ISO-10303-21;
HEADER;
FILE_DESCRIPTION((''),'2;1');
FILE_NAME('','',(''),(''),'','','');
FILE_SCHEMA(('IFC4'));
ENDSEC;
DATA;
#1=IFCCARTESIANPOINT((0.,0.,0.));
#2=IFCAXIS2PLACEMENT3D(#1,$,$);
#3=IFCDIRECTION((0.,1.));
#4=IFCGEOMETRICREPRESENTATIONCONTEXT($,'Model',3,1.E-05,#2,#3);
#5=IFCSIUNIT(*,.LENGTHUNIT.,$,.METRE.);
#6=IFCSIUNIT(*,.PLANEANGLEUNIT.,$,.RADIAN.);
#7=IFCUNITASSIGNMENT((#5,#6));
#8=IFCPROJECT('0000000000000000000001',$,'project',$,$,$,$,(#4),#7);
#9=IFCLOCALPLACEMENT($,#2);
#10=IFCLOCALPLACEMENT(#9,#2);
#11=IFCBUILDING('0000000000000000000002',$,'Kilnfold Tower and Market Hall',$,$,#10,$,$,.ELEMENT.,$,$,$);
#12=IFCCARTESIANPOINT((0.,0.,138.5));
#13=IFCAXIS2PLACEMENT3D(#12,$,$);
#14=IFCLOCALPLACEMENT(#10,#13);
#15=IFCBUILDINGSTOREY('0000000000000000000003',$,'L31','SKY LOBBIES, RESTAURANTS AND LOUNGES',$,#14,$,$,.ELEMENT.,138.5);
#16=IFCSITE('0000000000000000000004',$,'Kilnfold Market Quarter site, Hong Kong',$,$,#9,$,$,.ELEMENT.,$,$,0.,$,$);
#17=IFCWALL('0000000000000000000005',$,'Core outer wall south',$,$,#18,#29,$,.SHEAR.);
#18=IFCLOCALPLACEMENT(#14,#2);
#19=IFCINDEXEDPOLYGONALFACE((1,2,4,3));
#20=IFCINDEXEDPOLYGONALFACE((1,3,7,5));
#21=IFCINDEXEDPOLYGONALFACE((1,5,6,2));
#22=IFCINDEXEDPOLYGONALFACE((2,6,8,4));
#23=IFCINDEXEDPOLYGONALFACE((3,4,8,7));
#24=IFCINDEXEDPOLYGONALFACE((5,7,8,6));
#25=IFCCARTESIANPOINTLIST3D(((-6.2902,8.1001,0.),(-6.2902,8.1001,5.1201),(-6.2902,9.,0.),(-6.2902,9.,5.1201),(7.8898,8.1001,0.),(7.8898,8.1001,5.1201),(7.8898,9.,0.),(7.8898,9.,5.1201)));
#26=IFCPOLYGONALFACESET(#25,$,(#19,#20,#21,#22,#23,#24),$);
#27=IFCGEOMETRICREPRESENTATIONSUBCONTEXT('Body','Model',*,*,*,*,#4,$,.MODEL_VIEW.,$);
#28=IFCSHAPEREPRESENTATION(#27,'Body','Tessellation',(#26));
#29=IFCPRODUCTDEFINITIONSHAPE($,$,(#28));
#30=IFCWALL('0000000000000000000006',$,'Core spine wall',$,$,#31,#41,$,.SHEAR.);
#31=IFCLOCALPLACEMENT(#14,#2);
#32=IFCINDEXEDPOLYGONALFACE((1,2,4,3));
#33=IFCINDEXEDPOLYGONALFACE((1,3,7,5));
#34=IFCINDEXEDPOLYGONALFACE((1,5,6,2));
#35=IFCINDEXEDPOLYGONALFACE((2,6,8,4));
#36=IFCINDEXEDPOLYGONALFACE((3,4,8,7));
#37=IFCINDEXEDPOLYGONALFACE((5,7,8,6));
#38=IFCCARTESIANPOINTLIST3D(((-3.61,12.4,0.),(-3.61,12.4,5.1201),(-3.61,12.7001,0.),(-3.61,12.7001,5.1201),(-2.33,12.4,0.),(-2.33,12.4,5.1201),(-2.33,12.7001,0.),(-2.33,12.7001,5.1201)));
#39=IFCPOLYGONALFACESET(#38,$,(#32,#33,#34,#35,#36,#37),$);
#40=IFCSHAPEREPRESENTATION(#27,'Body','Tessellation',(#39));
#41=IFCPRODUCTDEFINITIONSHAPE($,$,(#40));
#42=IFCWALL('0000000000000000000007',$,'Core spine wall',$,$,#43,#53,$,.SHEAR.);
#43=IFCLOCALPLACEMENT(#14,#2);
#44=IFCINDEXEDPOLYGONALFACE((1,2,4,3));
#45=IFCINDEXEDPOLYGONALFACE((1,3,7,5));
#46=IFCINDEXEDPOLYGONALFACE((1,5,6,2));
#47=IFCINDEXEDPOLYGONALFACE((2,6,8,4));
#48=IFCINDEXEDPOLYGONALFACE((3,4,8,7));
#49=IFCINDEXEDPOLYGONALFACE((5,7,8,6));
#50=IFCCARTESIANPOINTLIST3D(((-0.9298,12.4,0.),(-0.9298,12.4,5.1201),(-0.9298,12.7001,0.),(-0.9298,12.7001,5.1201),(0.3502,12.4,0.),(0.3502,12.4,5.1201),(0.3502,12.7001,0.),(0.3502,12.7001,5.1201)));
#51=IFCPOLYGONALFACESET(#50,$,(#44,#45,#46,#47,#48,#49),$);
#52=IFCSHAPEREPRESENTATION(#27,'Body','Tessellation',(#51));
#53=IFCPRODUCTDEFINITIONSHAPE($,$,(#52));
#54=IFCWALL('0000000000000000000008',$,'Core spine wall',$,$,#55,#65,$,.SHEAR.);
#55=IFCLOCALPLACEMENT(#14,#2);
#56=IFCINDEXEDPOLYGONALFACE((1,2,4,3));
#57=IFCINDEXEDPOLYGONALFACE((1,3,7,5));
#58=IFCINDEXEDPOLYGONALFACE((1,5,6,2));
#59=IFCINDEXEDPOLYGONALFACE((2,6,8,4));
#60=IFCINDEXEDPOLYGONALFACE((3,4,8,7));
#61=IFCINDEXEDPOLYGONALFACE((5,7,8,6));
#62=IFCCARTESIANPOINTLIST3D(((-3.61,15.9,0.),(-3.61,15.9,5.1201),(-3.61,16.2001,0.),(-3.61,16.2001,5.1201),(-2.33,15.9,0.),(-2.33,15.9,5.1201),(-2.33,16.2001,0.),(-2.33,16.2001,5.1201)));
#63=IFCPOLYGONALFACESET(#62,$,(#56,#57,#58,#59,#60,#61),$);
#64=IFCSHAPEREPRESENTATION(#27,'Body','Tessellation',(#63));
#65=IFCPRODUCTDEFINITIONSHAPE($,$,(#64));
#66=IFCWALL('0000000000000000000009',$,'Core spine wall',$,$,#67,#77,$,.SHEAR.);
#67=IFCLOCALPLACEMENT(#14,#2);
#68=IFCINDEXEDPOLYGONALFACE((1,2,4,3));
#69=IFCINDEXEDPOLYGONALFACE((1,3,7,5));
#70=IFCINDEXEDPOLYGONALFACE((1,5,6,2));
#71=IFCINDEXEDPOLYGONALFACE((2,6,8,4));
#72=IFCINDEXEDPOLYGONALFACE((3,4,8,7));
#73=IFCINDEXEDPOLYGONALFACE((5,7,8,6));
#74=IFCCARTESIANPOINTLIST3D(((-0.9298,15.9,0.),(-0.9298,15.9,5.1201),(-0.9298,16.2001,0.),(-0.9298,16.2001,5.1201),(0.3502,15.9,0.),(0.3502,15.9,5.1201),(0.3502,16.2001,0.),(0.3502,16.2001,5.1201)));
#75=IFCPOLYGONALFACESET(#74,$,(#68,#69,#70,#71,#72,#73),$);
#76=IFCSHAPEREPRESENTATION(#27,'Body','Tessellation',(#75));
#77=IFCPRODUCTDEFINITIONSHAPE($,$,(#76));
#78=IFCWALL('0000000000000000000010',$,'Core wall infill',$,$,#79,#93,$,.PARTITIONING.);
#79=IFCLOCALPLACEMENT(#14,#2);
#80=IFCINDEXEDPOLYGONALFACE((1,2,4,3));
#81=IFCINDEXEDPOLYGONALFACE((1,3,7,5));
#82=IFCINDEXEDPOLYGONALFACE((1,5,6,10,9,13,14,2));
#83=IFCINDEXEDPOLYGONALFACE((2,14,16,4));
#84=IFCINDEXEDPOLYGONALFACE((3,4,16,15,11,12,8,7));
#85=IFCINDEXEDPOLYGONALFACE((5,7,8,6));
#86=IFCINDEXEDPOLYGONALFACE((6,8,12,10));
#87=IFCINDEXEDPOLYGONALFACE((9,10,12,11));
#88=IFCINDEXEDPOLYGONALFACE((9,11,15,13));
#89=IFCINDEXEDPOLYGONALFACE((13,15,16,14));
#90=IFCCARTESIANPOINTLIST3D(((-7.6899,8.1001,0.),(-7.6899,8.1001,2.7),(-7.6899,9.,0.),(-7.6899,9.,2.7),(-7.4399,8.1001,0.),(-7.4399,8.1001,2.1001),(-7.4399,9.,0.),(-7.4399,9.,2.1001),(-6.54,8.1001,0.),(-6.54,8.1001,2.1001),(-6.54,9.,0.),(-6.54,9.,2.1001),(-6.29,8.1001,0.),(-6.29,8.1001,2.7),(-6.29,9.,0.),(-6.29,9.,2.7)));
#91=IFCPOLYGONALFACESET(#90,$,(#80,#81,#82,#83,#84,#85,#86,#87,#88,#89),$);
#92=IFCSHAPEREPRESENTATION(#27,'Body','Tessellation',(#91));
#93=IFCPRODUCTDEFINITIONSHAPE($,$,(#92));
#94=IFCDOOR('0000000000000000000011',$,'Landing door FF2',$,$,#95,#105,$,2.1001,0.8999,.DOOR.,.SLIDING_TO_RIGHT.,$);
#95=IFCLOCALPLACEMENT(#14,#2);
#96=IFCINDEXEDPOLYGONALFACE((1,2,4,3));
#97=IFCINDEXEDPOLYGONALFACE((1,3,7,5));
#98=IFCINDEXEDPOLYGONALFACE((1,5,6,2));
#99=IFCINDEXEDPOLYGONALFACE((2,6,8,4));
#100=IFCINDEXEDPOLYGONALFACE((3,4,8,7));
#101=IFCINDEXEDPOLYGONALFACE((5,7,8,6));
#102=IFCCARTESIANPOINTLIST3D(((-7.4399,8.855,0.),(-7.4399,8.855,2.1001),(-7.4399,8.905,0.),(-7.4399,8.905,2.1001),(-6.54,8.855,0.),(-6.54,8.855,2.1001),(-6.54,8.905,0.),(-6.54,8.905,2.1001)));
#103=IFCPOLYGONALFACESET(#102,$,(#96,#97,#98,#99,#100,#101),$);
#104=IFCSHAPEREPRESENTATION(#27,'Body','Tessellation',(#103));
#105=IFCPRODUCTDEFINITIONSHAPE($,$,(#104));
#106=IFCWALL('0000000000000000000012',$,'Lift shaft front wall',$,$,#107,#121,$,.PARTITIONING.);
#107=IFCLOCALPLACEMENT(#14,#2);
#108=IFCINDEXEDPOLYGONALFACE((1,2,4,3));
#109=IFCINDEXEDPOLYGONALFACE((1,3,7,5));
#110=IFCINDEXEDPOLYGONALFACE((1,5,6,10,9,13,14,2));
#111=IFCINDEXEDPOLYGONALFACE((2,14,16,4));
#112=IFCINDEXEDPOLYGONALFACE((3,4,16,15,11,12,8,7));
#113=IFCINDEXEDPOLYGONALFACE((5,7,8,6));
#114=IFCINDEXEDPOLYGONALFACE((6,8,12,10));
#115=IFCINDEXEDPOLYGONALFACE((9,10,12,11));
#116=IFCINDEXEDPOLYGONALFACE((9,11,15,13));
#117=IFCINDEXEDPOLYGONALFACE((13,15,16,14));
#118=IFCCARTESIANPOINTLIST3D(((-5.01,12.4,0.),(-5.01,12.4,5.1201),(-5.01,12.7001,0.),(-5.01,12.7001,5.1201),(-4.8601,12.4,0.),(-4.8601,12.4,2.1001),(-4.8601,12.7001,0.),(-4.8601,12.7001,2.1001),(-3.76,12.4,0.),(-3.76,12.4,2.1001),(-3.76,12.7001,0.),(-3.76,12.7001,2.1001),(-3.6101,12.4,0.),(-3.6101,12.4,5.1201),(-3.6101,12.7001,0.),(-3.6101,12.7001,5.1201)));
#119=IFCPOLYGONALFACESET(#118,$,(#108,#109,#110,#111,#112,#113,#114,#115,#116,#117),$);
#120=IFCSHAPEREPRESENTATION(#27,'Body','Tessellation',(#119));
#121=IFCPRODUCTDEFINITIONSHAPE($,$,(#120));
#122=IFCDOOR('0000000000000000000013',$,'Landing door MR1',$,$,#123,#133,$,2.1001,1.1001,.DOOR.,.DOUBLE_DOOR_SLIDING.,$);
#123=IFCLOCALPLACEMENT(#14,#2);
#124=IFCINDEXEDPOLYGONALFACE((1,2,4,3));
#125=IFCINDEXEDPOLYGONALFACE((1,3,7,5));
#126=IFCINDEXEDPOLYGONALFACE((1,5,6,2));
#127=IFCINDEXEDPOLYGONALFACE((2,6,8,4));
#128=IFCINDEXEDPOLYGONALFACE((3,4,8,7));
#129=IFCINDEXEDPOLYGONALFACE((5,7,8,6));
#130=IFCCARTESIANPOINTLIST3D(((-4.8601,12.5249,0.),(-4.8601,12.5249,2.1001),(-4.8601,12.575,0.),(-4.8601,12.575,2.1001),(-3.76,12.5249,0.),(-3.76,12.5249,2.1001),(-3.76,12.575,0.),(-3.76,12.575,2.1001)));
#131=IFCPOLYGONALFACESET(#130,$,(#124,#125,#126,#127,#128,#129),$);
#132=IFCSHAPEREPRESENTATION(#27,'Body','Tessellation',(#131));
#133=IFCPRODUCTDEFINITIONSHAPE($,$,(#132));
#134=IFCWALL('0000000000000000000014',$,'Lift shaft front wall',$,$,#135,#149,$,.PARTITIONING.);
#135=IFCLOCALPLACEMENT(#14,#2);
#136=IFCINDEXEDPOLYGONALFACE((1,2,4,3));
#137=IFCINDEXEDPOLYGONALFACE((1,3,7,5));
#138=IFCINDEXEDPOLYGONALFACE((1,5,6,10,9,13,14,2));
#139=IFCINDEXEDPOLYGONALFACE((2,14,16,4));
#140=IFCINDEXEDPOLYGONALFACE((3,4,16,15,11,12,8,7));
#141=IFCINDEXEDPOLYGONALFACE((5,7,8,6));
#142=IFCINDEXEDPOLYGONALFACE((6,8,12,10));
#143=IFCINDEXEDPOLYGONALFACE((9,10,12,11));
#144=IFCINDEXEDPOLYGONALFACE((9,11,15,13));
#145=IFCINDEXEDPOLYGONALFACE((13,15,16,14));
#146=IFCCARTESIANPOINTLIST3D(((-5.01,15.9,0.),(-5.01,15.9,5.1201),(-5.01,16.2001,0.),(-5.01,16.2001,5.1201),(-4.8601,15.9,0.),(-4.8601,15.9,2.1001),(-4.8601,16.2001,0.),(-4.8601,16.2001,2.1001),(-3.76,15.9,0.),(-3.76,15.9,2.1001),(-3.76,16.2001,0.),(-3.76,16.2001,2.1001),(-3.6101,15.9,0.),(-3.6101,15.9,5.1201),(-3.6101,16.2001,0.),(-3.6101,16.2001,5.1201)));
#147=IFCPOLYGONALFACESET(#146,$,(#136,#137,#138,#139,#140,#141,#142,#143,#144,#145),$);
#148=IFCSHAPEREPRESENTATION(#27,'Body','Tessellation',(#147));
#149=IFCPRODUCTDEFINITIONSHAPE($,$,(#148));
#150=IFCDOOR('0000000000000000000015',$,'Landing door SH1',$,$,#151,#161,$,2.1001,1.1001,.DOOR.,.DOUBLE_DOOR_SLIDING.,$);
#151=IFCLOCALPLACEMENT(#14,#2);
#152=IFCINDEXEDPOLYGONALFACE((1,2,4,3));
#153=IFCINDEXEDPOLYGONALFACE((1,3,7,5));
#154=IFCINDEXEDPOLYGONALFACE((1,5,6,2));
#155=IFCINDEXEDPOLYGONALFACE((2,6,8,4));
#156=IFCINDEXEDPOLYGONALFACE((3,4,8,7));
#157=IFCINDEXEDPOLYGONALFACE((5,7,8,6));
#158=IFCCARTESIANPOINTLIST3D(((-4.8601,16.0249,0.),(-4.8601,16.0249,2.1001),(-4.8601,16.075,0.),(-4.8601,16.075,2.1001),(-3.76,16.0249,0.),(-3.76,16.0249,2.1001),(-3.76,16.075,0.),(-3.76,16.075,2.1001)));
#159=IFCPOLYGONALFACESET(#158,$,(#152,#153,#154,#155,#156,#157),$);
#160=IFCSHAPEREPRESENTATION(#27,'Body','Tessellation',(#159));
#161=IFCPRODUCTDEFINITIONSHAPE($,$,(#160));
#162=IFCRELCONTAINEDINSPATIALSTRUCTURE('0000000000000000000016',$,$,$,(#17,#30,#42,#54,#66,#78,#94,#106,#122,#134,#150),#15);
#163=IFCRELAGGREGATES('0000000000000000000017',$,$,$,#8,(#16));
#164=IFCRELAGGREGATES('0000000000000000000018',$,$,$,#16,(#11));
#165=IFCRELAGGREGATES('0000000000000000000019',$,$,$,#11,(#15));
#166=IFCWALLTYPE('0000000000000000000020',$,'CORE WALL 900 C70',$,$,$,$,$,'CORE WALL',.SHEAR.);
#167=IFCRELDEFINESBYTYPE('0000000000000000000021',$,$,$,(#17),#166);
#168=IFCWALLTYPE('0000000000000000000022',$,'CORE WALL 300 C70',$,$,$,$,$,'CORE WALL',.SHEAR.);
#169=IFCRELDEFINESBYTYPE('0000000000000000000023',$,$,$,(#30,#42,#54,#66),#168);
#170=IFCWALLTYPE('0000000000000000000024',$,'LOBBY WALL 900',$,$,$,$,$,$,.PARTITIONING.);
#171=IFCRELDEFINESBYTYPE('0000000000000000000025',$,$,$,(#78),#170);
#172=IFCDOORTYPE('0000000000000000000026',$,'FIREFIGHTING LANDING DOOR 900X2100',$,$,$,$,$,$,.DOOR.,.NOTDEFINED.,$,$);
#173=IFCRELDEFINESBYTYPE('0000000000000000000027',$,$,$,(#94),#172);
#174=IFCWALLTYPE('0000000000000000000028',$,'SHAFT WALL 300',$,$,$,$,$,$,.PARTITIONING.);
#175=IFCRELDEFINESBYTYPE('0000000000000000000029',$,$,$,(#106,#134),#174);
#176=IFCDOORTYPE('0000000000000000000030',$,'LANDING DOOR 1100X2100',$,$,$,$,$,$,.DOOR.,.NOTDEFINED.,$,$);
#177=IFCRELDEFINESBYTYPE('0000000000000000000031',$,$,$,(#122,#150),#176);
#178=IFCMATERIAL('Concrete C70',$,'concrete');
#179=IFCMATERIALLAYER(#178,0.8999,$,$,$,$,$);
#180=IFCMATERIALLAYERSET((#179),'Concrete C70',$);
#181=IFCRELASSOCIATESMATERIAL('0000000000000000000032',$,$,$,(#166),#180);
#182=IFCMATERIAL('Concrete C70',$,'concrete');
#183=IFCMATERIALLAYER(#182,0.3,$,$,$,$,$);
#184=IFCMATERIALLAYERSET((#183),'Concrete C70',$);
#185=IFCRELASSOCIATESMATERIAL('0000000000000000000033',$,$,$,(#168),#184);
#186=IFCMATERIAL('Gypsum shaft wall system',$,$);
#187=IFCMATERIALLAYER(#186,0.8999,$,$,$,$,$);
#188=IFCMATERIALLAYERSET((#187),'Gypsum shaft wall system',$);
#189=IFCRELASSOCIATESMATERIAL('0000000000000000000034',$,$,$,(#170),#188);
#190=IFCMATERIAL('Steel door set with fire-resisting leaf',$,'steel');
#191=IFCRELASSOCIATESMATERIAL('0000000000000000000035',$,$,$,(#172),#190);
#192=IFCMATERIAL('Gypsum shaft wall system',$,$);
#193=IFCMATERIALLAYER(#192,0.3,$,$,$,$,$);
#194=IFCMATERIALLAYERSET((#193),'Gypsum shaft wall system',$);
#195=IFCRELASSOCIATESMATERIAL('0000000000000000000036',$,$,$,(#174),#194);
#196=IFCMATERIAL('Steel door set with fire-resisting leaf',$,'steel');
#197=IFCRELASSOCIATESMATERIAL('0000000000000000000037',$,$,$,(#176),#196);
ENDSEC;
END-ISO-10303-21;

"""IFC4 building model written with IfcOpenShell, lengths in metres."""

from ifc_helpers import new_model, si_unit, direction, frame, frame_2d, origin, place, context, subcontext, project, spatial, rectangle, extrude, source, transform, mapped, material, layer, layer_set, type_object, element, fill, save


model = new_model("IFC4")

# Units and contexts
model_context = context("Model", 3, precision=1e-05, world=origin(), true_north=direction((0.0, 1.0)))
body_context = subcontext(model_context, "Body", "Model", "MODEL_VIEW")
ifc_project = project(units=[si_unit("LENGTHUNIT", "METRE"), si_unit("PLANEANGLEUNIT", "RADIAN")], contexts=[model_context])

# Site, building, storey
site_placement = place(None, origin())
site = spatial("IfcSite", under=ifc_project, at=site_placement, Name="Kilnfold Market Quarter site, Hong Kong", CompositionType="ELEMENT", RefElevation=0.0)
building_placement = place(site_placement, origin())
building = spatial("IfcBuilding", under=site, at=building_placement, Name="Kilnfold Tower and Market Hall", CompositionType="ELEMENT")
storey_placement = place(building_placement, frame((0.0, 0.0, 138.5)))
storey = spatial("IfcBuildingStorey", under=building, at=storey_placement, Name="L31", Description="SKY LOBBIES, RESTAURANTS AND LOUNGES", CompositionType="ELEMENT", Elevation=138.5)

# Walls
ifc_material_1 = material(Name="Concrete C70", Category="concrete")
ifc_layer_1 = layer(ifc_material_1, 0.8999)
ifc_layer_set_1 = layer_set([ifc_layer_1], Name="Concrete C70")
wall_type_1 = type_object("IfcWallType", Name="CORE WALL 900 C70", ElementType="CORE WALL", PredefinedType="SHEAR", material=ifc_layer_set_1)
shared_shape_1 = source(origin(), body_context, "Body", "SweptSolid", [
    extrude(rectangle(XDim=14.1799, YDim=0.8999, at=frame_2d((7.0898, 0.0))), origin(), (0.0, 0.0, 1.0), 5.1201),
])
wall_1_placement = place(storey_placement, frame((-6.29, 8.55, 0.0), z_axis=(0.0, 0.0, 1.0), x_axis=(1.0, 0.0, 0.0)))
element("IfcWall", 1, at=wall_1_placement, inside=storey, type_object=wall_type_1, Name="Core outer wall south", PredefinedType="SHEAR", context=body_context, shape_type="MappedRepresentation", body=[
    mapped(shared_shape_1, transform((0.0, 0.0, 0.0))),
])
ifc_material_2 = material(Name="Concrete C70", Category="concrete")
ifc_layer_2 = layer(ifc_material_2, 0.3)
ifc_layer_set_2 = layer_set([ifc_layer_2], Name="Concrete C70")
wall_type_2 = type_object("IfcWallType", Name="CORE WALL 300 C70", ElementType="CORE WALL", PredefinedType="SHEAR", material=ifc_layer_set_2)
shared_shape_2 = source(origin(), body_context, "Body", "SweptSolid", [
    extrude(rectangle(XDim=1.28, YDim=0.3, at=frame_2d((0.6401, 0.0))), origin(), (0.0, 0.0, 1.0), 5.1201),
])
for number, where, z_axis, x_axis, name in (
    (2, (-3.6101, 12.55, 0.0), (0.0, 0.0, 1.0), (1.0, 0.0, 0.0), "Core spine wall"),
    (3, (-0.9299, 12.55, 0.0), (0.0, 0.0, 1.0), (1.0, 0.0, 0.0), "Core spine wall"),
    (4, (-3.6101, 16.05, 0.0), (0.0, 0.0, 1.0), (1.0, 0.0, 0.0), "Core spine wall"),
    (5, (-0.9299, 16.05, 0.0), (0.0, 0.0, 1.0), (1.0, 0.0, 0.0), "Core spine wall"),
):
    element("IfcWall", number, at=place(storey_placement, frame(where, z_axis=z_axis, x_axis=x_axis)), inside=storey, type_object=wall_type_2, Name=name, PredefinedType="SHEAR", context=body_context, shape_type="MappedRepresentation", body=[
        mapped(shared_shape_2, transform((0.0, 0.0, 0.0))),
    ])

# Walls, openings, doors
ifc_material_3 = material(Name="Gypsum shaft wall system")
ifc_layer_3 = layer(ifc_material_3, 0.8999)
ifc_layer_set_3 = layer_set([ifc_layer_3], Name="Gypsum shaft wall system")
wall_type_3 = type_object("IfcWallType", Name="LOBBY WALL 900", PredefinedType="PARTITIONING", material=ifc_layer_set_3)
shared_shape_3 = source(origin(), body_context, "Body", "SweptSolid", [
    extrude(rectangle(XDim=1.3999, YDim=0.8999, at=frame_2d((0.7, 0.0))), origin(), (0.0, 0.0, 1.0), 2.7),
])
wall_2_placement = place(storey_placement, frame((-7.6899, 8.55, 0.0), z_axis=(0.0, 0.0, 1.0), x_axis=(1.0, 0.0, 0.0)))
wall_2 = element("IfcWall", 6, at=wall_2_placement, inside=storey, type_object=wall_type_3, Name="Core wall infill", PredefinedType="PARTITIONING", context=body_context, shape_type="MappedRepresentation", body=[
    mapped(shared_shape_3, transform((0.0, 0.0, 0.0))),
])
opening_1_placement = place(wall_2_placement, frame((0.25, 0.0, 0.0)))
opening_1 = element("IfcOpeningElement", 7, at=opening_1_placement, cuts=wall_2, PredefinedType="OPENING", context=body_context, shape_type="SweptSolid", body=[
    extrude(rectangle(XDim=0.8999, YDim=2.1001, at=frame_2d((0.45, 1.05))), frame((0.0, 0.46, 0.0), z_axis=(0.0, -1.0, 0.0), x_axis=(1.0, 0.0, 0.0)), (0.0, 0.0, 1.0), 0.9199),
])
ifc_material_4 = material(Name="Steel door set with fire-resisting leaf", Category="steel")
door_type_1 = type_object("IfcDoorType", Name="FIREFIGHTING LANDING DOOR 900X2100", OperationType="NOTDEFINED", PredefinedType="DOOR", material=ifc_material_4)
door_1_placement = place(opening_1_placement, origin())
door_1 = element("IfcDoor", 8, at=door_1_placement, inside=storey, type_object=door_type_1, Name="Landing door FF2", OperationType="SLIDING_TO_RIGHT", OverallHeight=2.1001, OverallWidth=0.8999, PredefinedType="DOOR", context=body_context, shape_type="SweptSolid", body=[
    extrude(rectangle(XDim=0.8999, YDim=2.1001, at=frame_2d((0.45, 1.05))), frame((0.0, 0.355, 0.0), z_axis=(0.0, -1.0, 0.0), x_axis=(1.0, 0.0, 0.0)), (0.0, 0.0, 1.0), 0.05),
])
fill(opening_1, door_1)
ifc_material_5 = material(Name="Gypsum shaft wall system")
ifc_layer_4 = layer(ifc_material_5, 0.3)
ifc_layer_set_4 = layer_set([ifc_layer_4], Name="Gypsum shaft wall system")
wall_type_4 = type_object("IfcWallType", Name="SHAFT WALL 300", PredefinedType="PARTITIONING", material=ifc_layer_set_4)
shared_shape_4 = source(origin(), body_context, "Body", "SweptSolid", [
    extrude(rectangle(XDim=1.3999, YDim=0.3, at=frame_2d((0.7, 0.0))), origin(), (0.0, 0.0, 1.0), 5.1201),
])
wall_3_placement = place(storey_placement, frame((-5.01, 12.55, 0.0), z_axis=(0.0, 0.0, 1.0), x_axis=(1.0, 0.0, 0.0)))
wall_3 = element("IfcWall", 9, at=wall_3_placement, inside=storey, type_object=wall_type_4, Name="Lift shaft front wall", PredefinedType="PARTITIONING", context=body_context, shape_type="MappedRepresentation", body=[
    mapped(shared_shape_4, transform((0.0, 0.0, 0.0))),
])
opening_2_placement = place(wall_3_placement, frame((0.1499, 0.0, 0.0)))
opening_2 = element("IfcOpeningElement", 10, at=opening_2_placement, cuts=wall_3, PredefinedType="OPENING", context=body_context, shape_type="SweptSolid", body=[
    extrude(rectangle(XDim=1.1001, YDim=2.1001, at=frame_2d((0.55, 1.05))), frame((0.0, 0.1602, 0.0), z_axis=(0.0, -1.0, 0.0), x_axis=(1.0, 0.0, 0.0)), (0.0, 0.0, 1.0), 0.3201),
])
ifc_material_6 = material(Name="Steel door set with fire-resisting leaf", Category="steel")
door_type_2 = type_object("IfcDoorType", Name="LANDING DOOR 1100X2100", OperationType="NOTDEFINED", PredefinedType="DOOR", material=ifc_material_6)
door_2_placement = place(opening_2_placement, origin())
door_2 = element("IfcDoor", 11, at=door_2_placement, inside=storey, type_object=door_type_2, Name="Landing door MR1", OperationType="DOUBLE_DOOR_SLIDING", OverallHeight=2.1001, OverallWidth=1.1001, PredefinedType="DOOR", context=body_context, shape_type="SweptSolid", body=[
    extrude(rectangle(XDim=1.1001, YDim=2.1001, at=frame_2d((0.55, 1.05))), frame((0.0, 0.0249, 0.0), z_axis=(0.0, -1.0, 0.0), x_axis=(1.0, 0.0, 0.0)), (0.0, 0.0, 1.0), 0.05),
])
fill(opening_2, door_2)
wall_4_placement = place(storey_placement, frame((-5.01, 16.05, 0.0), z_axis=(0.0, 0.0, 1.0), x_axis=(1.0, 0.0, 0.0)))
wall_4 = element("IfcWall", 12, at=wall_4_placement, inside=storey, type_object=wall_type_4, Name="Lift shaft front wall", PredefinedType="PARTITIONING", context=body_context, shape_type="MappedRepresentation", body=[
    mapped(shared_shape_4, transform((0.0, 0.0, 0.0))),
])
opening_3_placement = place(wall_4_placement, frame((0.1499, 0.0, 0.0)))
opening_3 = element("IfcOpeningElement", 13, at=opening_3_placement, cuts=wall_4, PredefinedType="OPENING", context=body_context, shape_type="SweptSolid", body=[
    extrude(rectangle(XDim=1.1001, YDim=2.1001, at=frame_2d((0.55, 1.05))), frame((0.0, 0.1602, 0.0), z_axis=(0.0, -1.0, 0.0), x_axis=(1.0, 0.0, 0.0)), (0.0, 0.0, 1.0), 0.3201),
])
door_3_placement = place(opening_3_placement, origin())
door_3 = element("IfcDoor", 14, at=door_3_placement, inside=storey, type_object=door_type_2, Name="Landing door SH1", OperationType="DOUBLE_DOOR_SLIDING", OverallHeight=2.1001, OverallWidth=1.1001, PredefinedType="DOOR", context=body_context, shape_type="SweptSolid", body=[
    extrude(rectangle(XDim=1.1001, YDim=2.1001, at=frame_2d((0.55, 1.05))), frame((0.0, 0.0249, 0.0), z_axis=(0.0, -1.0, 0.0), x_axis=(1.0, 0.0, 0.0)), (0.0, 0.0, 1.0), 0.05),
])
fill(opening_3, door_3)

save(model, "model.ifc")
